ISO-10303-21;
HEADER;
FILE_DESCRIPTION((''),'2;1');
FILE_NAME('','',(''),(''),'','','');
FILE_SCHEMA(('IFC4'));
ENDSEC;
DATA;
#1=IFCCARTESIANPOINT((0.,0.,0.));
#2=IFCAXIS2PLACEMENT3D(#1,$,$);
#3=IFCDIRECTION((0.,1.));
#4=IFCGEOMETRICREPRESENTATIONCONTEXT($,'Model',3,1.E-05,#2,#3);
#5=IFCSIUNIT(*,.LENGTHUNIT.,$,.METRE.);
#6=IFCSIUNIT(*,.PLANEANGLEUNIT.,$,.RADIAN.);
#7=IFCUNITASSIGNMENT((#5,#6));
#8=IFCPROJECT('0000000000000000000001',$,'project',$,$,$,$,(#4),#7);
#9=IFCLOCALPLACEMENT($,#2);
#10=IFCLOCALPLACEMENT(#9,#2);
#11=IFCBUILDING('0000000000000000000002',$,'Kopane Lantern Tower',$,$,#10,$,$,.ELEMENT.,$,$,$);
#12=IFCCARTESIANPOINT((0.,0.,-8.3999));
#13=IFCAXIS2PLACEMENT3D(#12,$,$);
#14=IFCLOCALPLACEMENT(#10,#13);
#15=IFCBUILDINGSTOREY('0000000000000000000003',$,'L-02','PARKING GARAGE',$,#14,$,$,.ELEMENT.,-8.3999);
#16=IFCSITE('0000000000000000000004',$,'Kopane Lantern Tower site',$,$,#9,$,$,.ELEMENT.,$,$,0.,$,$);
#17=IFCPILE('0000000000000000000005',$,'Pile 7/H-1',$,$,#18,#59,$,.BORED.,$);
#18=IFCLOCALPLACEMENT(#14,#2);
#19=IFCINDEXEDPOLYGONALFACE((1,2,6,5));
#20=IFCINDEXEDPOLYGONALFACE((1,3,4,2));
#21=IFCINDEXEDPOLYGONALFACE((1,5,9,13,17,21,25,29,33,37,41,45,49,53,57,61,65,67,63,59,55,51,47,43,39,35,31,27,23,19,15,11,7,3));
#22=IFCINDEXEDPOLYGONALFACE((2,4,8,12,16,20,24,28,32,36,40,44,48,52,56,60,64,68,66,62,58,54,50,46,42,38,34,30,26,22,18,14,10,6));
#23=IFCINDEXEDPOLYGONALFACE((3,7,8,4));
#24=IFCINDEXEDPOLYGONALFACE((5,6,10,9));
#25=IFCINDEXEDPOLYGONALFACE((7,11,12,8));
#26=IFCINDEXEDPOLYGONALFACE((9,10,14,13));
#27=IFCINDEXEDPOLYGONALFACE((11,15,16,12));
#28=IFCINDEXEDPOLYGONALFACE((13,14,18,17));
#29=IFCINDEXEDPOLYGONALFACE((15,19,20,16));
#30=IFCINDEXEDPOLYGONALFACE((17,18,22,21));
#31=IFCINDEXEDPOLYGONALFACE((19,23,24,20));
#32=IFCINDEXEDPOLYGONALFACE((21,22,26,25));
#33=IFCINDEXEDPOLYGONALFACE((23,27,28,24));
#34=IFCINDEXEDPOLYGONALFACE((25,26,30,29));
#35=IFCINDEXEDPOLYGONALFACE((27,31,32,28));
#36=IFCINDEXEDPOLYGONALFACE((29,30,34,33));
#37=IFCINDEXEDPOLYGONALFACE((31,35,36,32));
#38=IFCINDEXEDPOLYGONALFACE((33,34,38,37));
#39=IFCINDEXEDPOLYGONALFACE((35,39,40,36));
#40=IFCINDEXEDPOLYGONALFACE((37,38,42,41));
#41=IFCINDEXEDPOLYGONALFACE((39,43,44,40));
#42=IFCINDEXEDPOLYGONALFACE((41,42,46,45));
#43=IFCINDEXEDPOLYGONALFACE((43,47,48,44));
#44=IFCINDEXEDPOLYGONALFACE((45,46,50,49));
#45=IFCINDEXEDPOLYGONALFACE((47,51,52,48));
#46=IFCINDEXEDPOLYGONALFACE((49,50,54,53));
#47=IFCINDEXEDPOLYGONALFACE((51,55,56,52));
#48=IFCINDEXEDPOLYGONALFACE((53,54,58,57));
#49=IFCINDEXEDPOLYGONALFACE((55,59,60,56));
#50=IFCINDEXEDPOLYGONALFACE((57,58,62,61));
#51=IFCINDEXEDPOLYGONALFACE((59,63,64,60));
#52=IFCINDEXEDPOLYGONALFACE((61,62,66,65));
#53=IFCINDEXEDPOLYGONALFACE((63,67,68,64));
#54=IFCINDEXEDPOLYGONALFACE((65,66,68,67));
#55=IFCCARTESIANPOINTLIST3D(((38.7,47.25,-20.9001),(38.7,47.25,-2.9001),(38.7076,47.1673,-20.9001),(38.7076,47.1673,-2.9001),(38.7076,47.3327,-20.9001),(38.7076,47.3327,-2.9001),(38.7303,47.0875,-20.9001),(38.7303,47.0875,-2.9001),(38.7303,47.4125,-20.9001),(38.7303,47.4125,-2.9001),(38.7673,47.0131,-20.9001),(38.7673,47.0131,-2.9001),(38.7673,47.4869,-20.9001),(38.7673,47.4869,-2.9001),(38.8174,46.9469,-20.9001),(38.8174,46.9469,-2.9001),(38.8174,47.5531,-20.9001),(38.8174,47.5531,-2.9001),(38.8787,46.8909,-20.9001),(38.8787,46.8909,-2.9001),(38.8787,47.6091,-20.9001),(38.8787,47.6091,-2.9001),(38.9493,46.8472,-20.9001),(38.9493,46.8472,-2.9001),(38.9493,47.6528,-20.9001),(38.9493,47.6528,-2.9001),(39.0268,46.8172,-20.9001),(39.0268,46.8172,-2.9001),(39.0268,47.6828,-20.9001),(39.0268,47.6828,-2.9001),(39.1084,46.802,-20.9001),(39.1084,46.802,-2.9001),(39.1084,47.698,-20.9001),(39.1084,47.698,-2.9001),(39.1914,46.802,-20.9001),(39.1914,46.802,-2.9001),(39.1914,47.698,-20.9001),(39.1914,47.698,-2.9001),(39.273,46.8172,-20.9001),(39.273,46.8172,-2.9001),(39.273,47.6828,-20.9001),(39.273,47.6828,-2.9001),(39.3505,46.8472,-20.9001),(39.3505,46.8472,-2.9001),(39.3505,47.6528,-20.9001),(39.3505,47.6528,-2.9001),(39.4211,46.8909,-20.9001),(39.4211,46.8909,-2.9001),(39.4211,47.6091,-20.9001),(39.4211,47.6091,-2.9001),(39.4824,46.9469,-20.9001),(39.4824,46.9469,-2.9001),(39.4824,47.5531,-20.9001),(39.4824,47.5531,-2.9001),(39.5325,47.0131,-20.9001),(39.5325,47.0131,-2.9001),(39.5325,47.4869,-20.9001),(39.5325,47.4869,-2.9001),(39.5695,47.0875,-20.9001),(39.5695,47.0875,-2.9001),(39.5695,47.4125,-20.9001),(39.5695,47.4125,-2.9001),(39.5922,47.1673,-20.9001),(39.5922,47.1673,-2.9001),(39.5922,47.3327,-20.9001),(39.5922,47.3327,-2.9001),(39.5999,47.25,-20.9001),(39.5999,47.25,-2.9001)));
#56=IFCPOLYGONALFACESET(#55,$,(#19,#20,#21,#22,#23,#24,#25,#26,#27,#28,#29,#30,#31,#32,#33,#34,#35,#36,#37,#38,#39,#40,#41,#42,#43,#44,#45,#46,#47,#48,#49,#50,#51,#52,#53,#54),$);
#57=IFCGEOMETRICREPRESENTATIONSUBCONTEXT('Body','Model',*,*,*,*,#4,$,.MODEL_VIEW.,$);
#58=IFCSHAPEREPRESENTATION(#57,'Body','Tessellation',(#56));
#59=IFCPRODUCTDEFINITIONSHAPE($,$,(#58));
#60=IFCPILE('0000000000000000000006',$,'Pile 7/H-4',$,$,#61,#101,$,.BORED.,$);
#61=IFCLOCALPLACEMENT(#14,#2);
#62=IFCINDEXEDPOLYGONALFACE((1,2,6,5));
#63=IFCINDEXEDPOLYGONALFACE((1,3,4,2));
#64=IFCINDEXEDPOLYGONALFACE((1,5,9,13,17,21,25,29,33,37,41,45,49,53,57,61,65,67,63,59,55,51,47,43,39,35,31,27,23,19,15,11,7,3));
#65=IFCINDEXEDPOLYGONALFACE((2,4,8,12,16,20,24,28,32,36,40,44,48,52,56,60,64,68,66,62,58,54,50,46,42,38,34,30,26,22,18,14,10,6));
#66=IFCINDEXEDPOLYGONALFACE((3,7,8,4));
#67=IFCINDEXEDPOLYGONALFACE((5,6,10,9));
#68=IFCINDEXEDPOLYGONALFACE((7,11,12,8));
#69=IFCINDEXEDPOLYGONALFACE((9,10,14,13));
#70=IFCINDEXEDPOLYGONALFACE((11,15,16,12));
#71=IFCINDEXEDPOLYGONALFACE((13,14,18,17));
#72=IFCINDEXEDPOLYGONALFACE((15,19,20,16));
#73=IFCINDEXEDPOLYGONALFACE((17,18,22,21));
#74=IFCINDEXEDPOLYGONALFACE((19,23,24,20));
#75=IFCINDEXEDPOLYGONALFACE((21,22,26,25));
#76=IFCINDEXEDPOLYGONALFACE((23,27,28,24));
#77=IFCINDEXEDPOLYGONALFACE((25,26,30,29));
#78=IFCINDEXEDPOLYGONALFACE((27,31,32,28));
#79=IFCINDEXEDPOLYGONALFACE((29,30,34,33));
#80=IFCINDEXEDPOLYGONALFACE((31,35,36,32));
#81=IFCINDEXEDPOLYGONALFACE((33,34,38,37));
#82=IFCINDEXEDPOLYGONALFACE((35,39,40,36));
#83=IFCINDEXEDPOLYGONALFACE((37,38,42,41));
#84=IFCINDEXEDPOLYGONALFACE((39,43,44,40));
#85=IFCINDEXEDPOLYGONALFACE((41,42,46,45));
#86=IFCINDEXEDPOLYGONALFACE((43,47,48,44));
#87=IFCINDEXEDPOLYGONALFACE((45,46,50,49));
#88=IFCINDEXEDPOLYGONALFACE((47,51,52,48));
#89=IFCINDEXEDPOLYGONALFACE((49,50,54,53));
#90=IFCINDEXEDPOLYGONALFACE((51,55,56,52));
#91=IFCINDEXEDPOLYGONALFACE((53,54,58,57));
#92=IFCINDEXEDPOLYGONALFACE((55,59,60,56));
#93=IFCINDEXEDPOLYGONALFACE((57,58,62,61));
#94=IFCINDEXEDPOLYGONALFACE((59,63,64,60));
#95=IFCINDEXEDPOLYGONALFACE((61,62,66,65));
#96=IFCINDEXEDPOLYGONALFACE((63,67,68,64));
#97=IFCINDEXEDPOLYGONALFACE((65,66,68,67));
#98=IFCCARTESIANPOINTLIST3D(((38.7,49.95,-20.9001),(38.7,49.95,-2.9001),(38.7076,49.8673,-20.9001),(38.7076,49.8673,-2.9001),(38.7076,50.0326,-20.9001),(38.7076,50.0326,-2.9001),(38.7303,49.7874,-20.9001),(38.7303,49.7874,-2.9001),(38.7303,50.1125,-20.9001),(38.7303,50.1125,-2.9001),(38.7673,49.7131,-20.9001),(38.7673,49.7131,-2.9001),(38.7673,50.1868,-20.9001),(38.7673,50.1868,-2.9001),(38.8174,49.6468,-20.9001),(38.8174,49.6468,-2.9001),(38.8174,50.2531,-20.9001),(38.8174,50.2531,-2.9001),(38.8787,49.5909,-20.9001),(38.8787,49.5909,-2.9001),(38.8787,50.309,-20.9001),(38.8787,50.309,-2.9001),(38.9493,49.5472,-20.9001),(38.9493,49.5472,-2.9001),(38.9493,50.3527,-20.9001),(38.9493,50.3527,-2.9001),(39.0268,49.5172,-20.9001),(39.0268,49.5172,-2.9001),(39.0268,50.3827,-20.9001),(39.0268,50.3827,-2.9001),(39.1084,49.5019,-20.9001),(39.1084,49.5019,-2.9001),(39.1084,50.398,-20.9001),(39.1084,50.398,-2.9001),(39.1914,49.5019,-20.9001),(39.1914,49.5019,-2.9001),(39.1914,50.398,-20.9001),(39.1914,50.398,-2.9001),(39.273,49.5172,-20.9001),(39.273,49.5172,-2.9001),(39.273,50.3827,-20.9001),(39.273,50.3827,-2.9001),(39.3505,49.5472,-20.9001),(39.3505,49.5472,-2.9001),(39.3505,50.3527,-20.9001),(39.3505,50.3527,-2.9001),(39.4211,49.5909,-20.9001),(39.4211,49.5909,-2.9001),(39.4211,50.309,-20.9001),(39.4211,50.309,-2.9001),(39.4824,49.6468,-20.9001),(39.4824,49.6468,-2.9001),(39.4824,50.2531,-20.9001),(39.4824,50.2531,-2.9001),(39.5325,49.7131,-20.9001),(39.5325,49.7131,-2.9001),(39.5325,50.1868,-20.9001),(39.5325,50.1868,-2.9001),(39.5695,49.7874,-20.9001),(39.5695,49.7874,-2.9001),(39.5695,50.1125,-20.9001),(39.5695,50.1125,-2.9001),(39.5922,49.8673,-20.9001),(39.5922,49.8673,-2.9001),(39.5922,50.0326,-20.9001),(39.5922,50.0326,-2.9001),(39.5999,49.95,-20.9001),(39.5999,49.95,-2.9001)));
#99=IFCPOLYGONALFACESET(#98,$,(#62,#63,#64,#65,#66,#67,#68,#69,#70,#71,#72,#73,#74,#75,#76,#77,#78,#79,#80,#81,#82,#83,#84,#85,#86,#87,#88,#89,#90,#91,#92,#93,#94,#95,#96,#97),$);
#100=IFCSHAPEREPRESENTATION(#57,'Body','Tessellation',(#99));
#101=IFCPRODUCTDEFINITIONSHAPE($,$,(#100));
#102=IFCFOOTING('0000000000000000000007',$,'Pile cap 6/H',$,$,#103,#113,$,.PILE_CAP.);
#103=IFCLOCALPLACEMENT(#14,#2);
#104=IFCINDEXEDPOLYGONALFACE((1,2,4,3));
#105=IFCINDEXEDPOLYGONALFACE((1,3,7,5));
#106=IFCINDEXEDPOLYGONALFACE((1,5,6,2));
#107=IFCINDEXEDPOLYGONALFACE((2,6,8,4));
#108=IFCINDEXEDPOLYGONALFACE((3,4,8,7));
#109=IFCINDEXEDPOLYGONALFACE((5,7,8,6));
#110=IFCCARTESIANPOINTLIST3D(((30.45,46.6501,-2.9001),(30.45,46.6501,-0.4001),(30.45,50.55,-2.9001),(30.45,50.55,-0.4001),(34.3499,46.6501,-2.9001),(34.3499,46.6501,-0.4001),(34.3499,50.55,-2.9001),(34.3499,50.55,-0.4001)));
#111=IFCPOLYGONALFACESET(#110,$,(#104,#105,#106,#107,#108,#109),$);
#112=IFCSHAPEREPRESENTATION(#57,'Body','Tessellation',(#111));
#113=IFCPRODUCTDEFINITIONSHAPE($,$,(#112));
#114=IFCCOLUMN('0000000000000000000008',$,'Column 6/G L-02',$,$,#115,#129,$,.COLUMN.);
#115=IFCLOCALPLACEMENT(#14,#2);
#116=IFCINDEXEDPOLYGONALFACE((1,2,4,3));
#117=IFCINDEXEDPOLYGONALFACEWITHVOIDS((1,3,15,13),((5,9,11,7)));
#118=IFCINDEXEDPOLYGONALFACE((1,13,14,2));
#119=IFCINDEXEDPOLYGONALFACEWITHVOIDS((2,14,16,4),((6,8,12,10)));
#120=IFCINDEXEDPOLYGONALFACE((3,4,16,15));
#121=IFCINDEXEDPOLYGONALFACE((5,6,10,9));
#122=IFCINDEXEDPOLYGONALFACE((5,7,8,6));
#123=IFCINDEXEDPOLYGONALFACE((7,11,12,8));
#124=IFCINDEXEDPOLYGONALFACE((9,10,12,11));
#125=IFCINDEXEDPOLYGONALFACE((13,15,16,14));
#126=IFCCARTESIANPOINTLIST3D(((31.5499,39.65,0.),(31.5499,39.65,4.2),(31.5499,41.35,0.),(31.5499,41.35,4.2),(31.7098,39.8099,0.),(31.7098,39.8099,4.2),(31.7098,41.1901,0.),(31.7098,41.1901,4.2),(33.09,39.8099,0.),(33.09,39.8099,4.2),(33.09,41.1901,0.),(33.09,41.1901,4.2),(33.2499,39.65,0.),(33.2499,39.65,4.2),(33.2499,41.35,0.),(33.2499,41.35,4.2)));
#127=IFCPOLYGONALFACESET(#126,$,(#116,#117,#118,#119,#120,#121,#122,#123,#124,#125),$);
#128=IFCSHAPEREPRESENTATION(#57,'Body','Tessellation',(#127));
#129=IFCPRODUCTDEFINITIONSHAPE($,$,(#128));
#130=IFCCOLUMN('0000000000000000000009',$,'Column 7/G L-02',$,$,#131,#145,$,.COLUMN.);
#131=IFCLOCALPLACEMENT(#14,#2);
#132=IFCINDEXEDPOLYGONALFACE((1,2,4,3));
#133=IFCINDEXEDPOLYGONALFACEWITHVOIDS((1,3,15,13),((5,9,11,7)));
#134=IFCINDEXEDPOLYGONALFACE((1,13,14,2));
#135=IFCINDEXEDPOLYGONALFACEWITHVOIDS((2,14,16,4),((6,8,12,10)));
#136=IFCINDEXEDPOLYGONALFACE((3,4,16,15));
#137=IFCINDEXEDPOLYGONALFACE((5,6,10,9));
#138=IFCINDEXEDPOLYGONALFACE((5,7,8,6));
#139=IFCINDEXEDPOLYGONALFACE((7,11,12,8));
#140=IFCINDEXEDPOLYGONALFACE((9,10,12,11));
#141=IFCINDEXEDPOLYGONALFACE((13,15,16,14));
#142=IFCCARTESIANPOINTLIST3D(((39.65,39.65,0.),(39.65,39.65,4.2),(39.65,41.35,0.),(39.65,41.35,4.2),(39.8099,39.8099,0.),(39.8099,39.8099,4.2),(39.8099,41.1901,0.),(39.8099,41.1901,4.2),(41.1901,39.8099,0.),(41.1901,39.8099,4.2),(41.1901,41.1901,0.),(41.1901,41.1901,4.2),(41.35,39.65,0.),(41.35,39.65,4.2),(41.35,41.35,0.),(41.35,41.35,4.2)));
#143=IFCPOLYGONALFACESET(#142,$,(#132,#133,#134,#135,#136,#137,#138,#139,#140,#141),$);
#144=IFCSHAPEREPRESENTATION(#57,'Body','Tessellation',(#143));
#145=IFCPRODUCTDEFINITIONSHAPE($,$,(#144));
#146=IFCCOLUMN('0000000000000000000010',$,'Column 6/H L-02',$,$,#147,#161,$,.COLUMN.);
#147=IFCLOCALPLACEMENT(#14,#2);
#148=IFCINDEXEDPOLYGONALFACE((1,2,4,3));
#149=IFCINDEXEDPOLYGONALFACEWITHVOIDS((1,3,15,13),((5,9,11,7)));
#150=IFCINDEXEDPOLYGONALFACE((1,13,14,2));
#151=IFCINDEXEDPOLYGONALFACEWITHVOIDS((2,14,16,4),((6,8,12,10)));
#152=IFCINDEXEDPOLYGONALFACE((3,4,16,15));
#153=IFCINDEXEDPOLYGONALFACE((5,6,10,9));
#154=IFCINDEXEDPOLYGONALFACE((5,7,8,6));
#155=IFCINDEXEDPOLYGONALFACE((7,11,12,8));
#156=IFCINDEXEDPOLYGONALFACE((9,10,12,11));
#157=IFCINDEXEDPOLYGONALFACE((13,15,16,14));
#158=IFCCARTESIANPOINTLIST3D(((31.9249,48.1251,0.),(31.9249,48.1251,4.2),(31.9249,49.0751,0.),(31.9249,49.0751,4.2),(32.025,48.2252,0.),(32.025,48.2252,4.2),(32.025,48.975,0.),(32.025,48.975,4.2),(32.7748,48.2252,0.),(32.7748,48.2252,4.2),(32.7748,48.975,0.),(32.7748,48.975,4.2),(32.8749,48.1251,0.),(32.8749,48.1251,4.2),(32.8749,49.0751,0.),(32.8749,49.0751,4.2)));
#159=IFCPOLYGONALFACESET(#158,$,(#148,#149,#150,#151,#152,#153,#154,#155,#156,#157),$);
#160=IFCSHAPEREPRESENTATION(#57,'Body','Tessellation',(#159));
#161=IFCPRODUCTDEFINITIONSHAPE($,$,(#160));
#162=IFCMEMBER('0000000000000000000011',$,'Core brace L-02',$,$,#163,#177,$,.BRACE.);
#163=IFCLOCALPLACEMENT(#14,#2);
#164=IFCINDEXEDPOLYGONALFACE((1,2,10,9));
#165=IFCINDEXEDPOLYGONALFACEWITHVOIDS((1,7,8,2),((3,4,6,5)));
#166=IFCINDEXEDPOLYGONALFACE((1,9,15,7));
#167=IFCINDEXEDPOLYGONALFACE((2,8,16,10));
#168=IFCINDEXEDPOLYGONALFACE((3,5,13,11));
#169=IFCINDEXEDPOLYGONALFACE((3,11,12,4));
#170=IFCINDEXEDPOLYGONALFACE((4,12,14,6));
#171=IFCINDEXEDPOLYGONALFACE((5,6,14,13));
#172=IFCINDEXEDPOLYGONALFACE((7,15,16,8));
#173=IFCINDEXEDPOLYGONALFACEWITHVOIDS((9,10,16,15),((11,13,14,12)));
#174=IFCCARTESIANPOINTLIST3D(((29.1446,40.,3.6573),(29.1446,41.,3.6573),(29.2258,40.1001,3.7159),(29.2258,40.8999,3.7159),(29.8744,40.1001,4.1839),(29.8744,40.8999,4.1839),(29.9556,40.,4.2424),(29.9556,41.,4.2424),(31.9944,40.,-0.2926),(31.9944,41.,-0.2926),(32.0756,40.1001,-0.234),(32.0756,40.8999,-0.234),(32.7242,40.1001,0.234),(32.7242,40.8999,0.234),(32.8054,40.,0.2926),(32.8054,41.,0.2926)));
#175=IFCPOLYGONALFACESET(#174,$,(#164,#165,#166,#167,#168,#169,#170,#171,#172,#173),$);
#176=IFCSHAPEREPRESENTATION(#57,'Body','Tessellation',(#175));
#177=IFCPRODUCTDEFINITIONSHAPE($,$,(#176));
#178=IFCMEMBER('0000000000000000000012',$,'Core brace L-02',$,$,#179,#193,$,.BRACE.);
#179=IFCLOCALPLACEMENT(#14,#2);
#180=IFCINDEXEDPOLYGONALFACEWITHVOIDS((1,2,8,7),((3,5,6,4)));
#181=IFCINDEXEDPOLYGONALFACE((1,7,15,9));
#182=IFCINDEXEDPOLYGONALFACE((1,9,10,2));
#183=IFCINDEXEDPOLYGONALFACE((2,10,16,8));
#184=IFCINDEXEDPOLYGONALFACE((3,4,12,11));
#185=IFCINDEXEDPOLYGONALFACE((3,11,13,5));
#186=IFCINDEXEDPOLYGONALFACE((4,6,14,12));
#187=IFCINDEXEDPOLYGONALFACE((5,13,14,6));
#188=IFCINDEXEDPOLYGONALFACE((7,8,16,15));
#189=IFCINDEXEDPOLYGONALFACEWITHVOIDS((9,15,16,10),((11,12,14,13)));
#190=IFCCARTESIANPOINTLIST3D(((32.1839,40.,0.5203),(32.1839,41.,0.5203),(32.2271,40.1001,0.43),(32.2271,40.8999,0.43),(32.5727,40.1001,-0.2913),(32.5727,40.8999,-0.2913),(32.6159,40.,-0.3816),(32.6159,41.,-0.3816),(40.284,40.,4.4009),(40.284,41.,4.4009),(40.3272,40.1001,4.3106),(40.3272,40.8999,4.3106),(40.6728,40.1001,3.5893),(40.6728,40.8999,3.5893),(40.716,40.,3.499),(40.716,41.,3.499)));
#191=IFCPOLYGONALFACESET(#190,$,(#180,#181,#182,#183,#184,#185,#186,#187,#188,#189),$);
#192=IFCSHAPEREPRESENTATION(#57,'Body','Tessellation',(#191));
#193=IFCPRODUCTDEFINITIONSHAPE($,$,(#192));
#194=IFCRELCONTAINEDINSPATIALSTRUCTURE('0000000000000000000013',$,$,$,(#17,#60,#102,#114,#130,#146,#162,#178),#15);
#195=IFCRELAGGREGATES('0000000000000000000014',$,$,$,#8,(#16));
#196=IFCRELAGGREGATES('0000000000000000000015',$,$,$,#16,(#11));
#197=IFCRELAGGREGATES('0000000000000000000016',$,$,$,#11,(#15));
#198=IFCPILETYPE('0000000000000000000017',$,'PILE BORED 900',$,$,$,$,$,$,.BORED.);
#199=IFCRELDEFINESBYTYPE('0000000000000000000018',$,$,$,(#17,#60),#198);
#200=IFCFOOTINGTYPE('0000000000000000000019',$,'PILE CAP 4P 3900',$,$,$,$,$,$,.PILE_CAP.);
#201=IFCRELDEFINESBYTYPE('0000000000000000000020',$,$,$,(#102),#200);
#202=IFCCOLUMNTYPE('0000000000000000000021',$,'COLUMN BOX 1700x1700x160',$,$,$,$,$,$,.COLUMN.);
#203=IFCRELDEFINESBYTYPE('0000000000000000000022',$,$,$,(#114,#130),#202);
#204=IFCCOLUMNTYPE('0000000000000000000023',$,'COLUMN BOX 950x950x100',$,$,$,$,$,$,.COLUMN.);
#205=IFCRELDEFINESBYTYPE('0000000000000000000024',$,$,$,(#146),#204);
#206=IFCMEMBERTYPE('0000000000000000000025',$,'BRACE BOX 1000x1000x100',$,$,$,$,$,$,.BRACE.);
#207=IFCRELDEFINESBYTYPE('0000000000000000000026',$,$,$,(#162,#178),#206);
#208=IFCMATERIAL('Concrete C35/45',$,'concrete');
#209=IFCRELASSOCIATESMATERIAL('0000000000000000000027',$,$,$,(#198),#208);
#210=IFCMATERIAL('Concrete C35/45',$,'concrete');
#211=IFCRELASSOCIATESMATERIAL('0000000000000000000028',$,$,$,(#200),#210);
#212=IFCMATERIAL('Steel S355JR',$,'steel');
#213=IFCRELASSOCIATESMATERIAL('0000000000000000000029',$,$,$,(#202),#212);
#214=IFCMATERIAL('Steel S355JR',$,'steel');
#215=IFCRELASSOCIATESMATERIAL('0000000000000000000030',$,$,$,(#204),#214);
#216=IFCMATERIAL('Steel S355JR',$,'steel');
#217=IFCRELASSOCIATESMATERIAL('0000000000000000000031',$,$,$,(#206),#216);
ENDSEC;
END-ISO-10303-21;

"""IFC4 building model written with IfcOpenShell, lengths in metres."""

from ifc_helpers import new_model, si_unit, direction, frame, origin, origin_2d, place, context, subcontext, project, spatial, rectangle, hollow_rectangle, circle, extrude, material, material_profile, profile_set, type_object, element, save


model = new_model("IFC4")

# Units and contexts
model_context = context("Model", 3, precision=1e-05, world=origin(), true_north=direction((0.0, 1.0)))
body_context = subcontext(model_context, "Body", "Model", "MODEL_VIEW")
ifc_project = project(units=[si_unit("LENGTHUNIT", "METRE"), si_unit("PLANEANGLEUNIT", "RADIAN")], contexts=[model_context])

# Site, building, storey
site_placement = place(None, origin())
site = spatial("IfcSite", under=ifc_project, at=site_placement, Name="Kopane Lantern Tower site", CompositionType="ELEMENT", RefElevation=0.0)
building_placement = place(site_placement, origin())
building = spatial("IfcBuilding", under=site, at=building_placement, Name="Kopane Lantern Tower", CompositionType="ELEMENT")
storey_placement = place(building_placement, frame((0.0, 0.0, -8.3999)))
storey = spatial("IfcBuildingStorey", under=building, at=storey_placement, Name="L-02", Description="PARKING GARAGE", CompositionType="ELEMENT", Elevation=-8.3999)

# Piles
ifc_material_1 = material(Name="Concrete C35/45", Category="concrete")
ifc_material_profile_1 = material_profile(ifc_material_1, circle(Radius=0.45, at=origin_2d()), Name="D900")
ifc_profile_set_1 = profile_set([ifc_material_profile_1], Name="Concrete C35/45")
pile_type_1 = type_object("IfcPileType", Name="PILE BORED 900", PredefinedType="BORED", material=ifc_profile_set_1)
for number, where, z_axis, x_axis, name in (
    (1, (39.1499, 47.25, -2.9001), (0.0, 0.0, -1.0), (1.0, 0.0, 0.0), "Pile 7/H-1"),
    (2, (39.1499, 49.95, -2.9001), (0.0, 0.0, -1.0), (1.0, 0.0, 0.0), "Pile 7/H-4"),
):
    element("IfcPile", number, at=place(storey_placement, frame(where, z_axis=z_axis, x_axis=x_axis)), inside=storey, type_object=pile_type_1, Name=name, PredefinedType="BORED", context=body_context, shape_type="SweptSolid", body=[
        extrude(circle(Radius=0.45, at=origin_2d()), origin(), (0.0, 0.0, 1.0), 18.0),
    ])

# Footing
ifc_material_2 = material(Name="Concrete C35/45", Category="concrete")
footing_type = type_object("IfcFootingType", Name="PILE CAP 4P 3900", PredefinedType="PILE_CAP", material=ifc_material_2)
footing_placement = place(storey_placement, frame((32.3999, 48.6001, -2.9001), z_axis=(0.0, 0.0, 1.0), x_axis=(1.0, 0.0, 0.0)))
element("IfcFooting", 3, at=footing_placement, inside=storey, type_object=footing_type, Name="Pile cap 6/H", PredefinedType="PILE_CAP", context=body_context, shape_type="SweptSolid", body=[
    extrude(rectangle(XDim=3.8999, YDim=3.8999, at=origin_2d()), origin(), (0.0, 0.0, 1.0), 2.5),
])

# Columns
ifc_material_3 = material(Name="Steel S355JR", Category="steel")
ifc_material_profile_2 = material_profile(ifc_material_3, hollow_rectangle(XDim=1.7, YDim=1.7, WallThickness=0.1599, at=origin_2d()), Name="BOX 1700x1700x160")
ifc_profile_set_2 = profile_set([ifc_material_profile_2], Name="Steel S355JR")
column_type_1 = type_object("IfcColumnType", Name="COLUMN BOX 1700x1700x160", PredefinedType="COLUMN", material=ifc_profile_set_2)
for number, where, z_axis, x_axis, name in (
    (4, (32.3999, 40.5, 0.0), (0.0, 0.0, 1.0), (1.0, 0.0, 0.0), "Column 6/G L-02"),
    (5, (40.5, 40.5, 0.0), (0.0, 0.0, 1.0), (1.0, 0.0, 0.0), "Column 7/G L-02"),
):
    element("IfcColumn", number, at=place(storey_placement, frame(where, z_axis=z_axis, x_axis=x_axis)), inside=storey, type_object=column_type_1, Name=name, PredefinedType="COLUMN", context=body_context, shape_type="SweptSolid", body=[
        extrude(hollow_rectangle(XDim=1.7, YDim=1.7, WallThickness=0.1599, at=origin_2d()), origin(), (0.0, 0.0, 1.0), 4.2),
    ])
ifc_material_4 = material(Name="Steel S355JR", Category="steel")
ifc_material_profile_3 = material_profile(ifc_material_4, hollow_rectangle(XDim=0.95, YDim=0.95, WallThickness=0.1001, at=origin_2d()), Name="BOX 950x950x100")
ifc_profile_set_3 = profile_set([ifc_material_profile_3], Name="Steel S355JR")
column_type_2 = type_object("IfcColumnType", Name="COLUMN BOX 950x950x100", PredefinedType="COLUMN", material=ifc_profile_set_3)
column_placement = place(storey_placement, frame((32.3999, 48.6001, 0.0), z_axis=(0.0, 0.0, 1.0), x_axis=(1.0, 0.0, 0.0)))
element("IfcColumn", 6, at=column_placement, inside=storey, type_object=column_type_2, Name="Column 6/H L-02", PredefinedType="COLUMN", context=body_context, shape_type="SweptSolid", body=[
    extrude(hollow_rectangle(XDim=0.95, YDim=0.95, WallThickness=0.1001, at=origin_2d()), origin(), (0.0, 0.0, 1.0), 4.2),
])

# Members
ifc_material_5 = material(Name="Steel S355JR", Category="steel")
ifc_material_profile_4 = material_profile(ifc_material_5, hollow_rectangle(XDim=1.0, YDim=1.0, WallThickness=0.1001, at=origin_2d()), Name="BOX 1000x1000x100")
ifc_profile_set_4 = profile_set([ifc_material_profile_4], Name="Steel S355JR")
member_type = type_object("IfcMemberType", Name="BRACE BOX 1000x1000x100", PredefinedType="BRACE", material=ifc_profile_set_4)
member_1_placement = place(storey_placement, frame((32.3999, 40.5, 0.0), z_axis=(-0.585101, 0.0, 0.810961), x_axis=(0.0, -1.0, 0.0)))
element("IfcMember", 7, at=member_1_placement, inside=storey, type_object=member_type, Name="Core brace L-02", PredefinedType="BRACE", context=body_context, shape_type="SweptSolid", body=[
    extrude(hollow_rectangle(XDim=1.0, YDim=1.0, WallThickness=0.1001, at=origin_2d()), origin(), (0.0, 0.0, 1.0), 4.8706),
])
member_2_placement = place(storey_placement, frame((32.3999, 40.5, 0.0693), z_axis=(0.901846, 0.0, 0.432058), x_axis=(0.0, 1.0, 0.0)))
element("IfcMember", 8, at=member_2_placement, inside=storey, type_object=member_type, Name="Core brace L-02", PredefinedType="BRACE", context=body_context, shape_type="SweptSolid", body=[
    extrude(hollow_rectangle(XDim=1.0, YDim=1.0, WallThickness=0.1001, at=origin_2d()), origin(), (0.0, 0.0, 1.0), 8.9817),
])

save(model, "model.ifc")
